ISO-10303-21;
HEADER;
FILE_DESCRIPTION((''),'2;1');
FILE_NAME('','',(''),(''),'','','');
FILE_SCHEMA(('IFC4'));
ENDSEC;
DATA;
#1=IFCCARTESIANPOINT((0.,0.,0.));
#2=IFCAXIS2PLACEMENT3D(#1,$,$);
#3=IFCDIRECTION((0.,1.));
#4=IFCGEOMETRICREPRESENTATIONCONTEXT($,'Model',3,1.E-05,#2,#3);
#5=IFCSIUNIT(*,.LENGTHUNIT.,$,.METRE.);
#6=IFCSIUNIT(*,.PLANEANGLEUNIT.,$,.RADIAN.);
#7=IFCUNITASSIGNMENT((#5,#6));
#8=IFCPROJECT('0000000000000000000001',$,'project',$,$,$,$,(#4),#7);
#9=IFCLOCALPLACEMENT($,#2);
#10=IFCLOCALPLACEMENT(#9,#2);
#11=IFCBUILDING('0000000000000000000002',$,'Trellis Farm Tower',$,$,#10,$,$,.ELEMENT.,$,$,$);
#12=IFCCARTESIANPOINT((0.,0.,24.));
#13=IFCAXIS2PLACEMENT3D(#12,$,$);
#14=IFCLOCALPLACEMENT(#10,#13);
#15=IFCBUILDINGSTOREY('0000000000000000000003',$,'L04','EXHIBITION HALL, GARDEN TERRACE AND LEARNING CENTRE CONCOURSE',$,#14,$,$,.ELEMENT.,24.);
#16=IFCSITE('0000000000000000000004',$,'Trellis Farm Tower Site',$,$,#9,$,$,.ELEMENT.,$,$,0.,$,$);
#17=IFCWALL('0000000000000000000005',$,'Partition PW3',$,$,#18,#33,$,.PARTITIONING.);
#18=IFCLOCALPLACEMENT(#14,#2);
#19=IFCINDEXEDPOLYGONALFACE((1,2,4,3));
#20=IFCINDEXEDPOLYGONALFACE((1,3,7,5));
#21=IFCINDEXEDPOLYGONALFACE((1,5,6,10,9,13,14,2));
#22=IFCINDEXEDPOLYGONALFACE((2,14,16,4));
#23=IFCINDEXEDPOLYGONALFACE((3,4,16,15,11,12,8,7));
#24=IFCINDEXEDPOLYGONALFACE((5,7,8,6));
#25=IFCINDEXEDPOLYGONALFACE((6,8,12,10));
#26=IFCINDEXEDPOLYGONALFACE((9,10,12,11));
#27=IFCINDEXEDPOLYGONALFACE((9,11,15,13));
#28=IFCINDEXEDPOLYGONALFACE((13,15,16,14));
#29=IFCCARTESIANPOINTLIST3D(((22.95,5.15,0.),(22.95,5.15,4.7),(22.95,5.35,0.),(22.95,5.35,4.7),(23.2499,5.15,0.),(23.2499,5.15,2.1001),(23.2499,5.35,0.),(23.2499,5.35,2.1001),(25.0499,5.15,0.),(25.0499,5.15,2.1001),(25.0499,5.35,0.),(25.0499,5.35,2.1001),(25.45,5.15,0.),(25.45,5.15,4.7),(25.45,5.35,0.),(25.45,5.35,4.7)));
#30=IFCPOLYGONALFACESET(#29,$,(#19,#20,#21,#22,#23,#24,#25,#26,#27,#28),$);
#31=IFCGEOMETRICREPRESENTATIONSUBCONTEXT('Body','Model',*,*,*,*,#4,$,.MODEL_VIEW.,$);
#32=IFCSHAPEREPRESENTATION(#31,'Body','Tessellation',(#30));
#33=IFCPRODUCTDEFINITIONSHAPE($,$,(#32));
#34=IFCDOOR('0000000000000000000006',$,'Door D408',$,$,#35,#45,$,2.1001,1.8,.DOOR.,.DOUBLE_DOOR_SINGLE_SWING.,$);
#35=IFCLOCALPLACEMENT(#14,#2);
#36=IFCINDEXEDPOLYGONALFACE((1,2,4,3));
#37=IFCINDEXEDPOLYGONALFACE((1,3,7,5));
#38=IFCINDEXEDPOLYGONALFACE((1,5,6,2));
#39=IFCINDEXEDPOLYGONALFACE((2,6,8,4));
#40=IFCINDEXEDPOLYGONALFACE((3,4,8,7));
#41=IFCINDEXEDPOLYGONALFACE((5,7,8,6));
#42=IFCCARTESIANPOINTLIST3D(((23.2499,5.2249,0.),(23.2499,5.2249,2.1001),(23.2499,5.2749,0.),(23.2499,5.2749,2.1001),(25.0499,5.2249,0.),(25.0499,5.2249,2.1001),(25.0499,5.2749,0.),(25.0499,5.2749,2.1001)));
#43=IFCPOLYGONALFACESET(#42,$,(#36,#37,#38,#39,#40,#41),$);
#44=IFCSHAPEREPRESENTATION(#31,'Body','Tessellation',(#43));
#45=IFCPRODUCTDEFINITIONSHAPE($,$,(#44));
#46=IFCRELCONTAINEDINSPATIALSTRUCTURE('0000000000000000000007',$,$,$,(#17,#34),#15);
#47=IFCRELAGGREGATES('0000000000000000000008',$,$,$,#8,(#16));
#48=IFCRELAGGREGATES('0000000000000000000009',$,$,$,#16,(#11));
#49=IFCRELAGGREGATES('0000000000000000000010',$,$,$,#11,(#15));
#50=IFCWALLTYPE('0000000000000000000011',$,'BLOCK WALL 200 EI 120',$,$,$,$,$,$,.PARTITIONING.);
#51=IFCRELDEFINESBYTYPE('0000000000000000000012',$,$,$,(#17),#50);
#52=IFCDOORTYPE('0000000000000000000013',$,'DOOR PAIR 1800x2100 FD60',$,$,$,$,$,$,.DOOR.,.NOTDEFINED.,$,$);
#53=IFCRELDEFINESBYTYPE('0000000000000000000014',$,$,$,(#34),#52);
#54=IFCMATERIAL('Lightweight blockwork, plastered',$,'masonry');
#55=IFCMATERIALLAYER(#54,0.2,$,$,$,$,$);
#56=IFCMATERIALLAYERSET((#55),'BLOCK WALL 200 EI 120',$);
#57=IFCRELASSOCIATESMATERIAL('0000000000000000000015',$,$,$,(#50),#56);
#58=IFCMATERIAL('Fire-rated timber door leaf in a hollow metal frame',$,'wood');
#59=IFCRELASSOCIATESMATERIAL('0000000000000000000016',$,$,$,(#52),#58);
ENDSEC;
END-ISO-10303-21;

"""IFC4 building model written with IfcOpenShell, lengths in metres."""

from ifc_helpers import new_model, si_unit, direction, frame, frame_2d, origin, place, context, subcontext, project, spatial, rectangle, extrude, source, transform, mapped, material, layer, layer_set, type_object, element, fill, save


model = new_model("IFC4")

# Units and contexts
model_context = context("Model", 3, precision=1e-05, world=origin(), true_north=direction((0.0, 1.0)))
body_context = subcontext(model_context, "Body", "Model", "MODEL_VIEW")
ifc_project = project(units=[si_unit("LENGTHUNIT", "METRE"), si_unit("PLANEANGLEUNIT", "RADIAN")], contexts=[model_context])

# Site, building, storey
site_placement = place(None, origin())
site = spatial("IfcSite", under=ifc_project, at=site_placement, Name="Trellis Farm Tower Site", CompositionType="ELEMENT", RefElevation=0.0)
building_placement = place(site_placement, origin())
building = spatial("IfcBuilding", under=site, at=building_placement, Name="Trellis Farm Tower", CompositionType="ELEMENT")
storey_placement = place(building_placement, frame((0.0, 0.0, 24.0)))
storey = spatial("IfcBuildingStorey", under=building, at=storey_placement, Name="L04", Description="EXHIBITION HALL, GARDEN TERRACE AND LEARNING CENTRE CONCOURSE", CompositionType="ELEMENT", Elevation=24.0)

# Shared definitions
ifc_material_1 = material(Name="Lightweight blockwork, plastered", Category="masonry")
ifc_layer_1 = layer(ifc_material_1, 0.2)
ifc_layer_set_1 = layer_set([ifc_layer_1], Name="BLOCK WALL 200 EI 120")
wall_type_1 = type_object("IfcWallType", Name="BLOCK WALL 200 EI 120", PredefinedType="PARTITIONING", material=ifc_layer_set_1)
shared_shape_1 = source(origin(), body_context, "Body", "SweptSolid", [
    extrude(rectangle(XDim=1.8, YDim=2.1001, at=frame_2d((0.8999, 1.05))), frame((0.0, 0.1101, 0.0), z_axis=(0.0, -1.0, 0.0), x_axis=(1.0, 0.0, 0.0)), (0.0, 0.0, 1.0), 0.2202),
])
ifc_material_2 = material(Name="Fire-rated timber door leaf in a hollow metal frame", Category="wood")
door_type_1 = type_object("IfcDoorType", Name="DOOR PAIR 1800x2100 FD60", OperationType="NOTDEFINED", PredefinedType="DOOR", material=ifc_material_2)
shared_shape_2 = source(origin(), body_context, "Body", "SweptSolid", [
    extrude(rectangle(XDim=1.8, YDim=2.1001, at=frame_2d((0.8999, 1.05))), frame((0.0, 0.0249, 0.0), z_axis=(0.0, -1.0, 0.0), x_axis=(1.0, 0.0, 0.0)), (0.0, 0.0, 1.0), 0.05),
])

# Wall, opening, door
shared_shape_3 = source(origin(), body_context, "Body", "SweptSolid", [
    extrude(rectangle(XDim=2.5, YDim=0.2, at=frame_2d((1.25, 0.0))), origin(), (0.0, 0.0, 1.0), 4.7),
])
wall_1_placement = place(storey_placement, frame((22.95, 5.25, 0.0), z_axis=(0.0, 0.0, 1.0), x_axis=(1.0, 0.0, 0.0)))
wall_1 = element("IfcWall", 1, at=wall_1_placement, inside=storey, type_object=wall_type_1, Name="Partition PW3", PredefinedType="PARTITIONING", context=body_context, shape_type="MappedRepresentation", body=[
    mapped(shared_shape_3, transform((0.0, 0.0, 0.0))),
])
opening_1_placement = place(wall_1_placement, frame((0.3, 0.0, 0.0)))
opening_1 = element("IfcOpeningElement", 2, at=opening_1_placement, cuts=wall_1, PredefinedType="OPENING", context=body_context, shape_type="MappedRepresentation", body=[
    mapped(shared_shape_1, transform((0.0, 0.0, 0.0))),
])
door_1_placement = place(opening_1_placement, origin())
door_1 = element("IfcDoor", 3, at=door_1_placement, inside=storey, type_object=door_type_1, Name="Door D408", OperationType="DOUBLE_DOOR_SINGLE_SWING", OverallHeight=2.1001, OverallWidth=1.8, PredefinedType="DOOR", context=body_context, shape_type="MappedRepresentation", body=[
    mapped(shared_shape_2, transform((0.0, 0.0, 0.0))),
])
fill(opening_1, door_1)

save(model, "model.ifc")
